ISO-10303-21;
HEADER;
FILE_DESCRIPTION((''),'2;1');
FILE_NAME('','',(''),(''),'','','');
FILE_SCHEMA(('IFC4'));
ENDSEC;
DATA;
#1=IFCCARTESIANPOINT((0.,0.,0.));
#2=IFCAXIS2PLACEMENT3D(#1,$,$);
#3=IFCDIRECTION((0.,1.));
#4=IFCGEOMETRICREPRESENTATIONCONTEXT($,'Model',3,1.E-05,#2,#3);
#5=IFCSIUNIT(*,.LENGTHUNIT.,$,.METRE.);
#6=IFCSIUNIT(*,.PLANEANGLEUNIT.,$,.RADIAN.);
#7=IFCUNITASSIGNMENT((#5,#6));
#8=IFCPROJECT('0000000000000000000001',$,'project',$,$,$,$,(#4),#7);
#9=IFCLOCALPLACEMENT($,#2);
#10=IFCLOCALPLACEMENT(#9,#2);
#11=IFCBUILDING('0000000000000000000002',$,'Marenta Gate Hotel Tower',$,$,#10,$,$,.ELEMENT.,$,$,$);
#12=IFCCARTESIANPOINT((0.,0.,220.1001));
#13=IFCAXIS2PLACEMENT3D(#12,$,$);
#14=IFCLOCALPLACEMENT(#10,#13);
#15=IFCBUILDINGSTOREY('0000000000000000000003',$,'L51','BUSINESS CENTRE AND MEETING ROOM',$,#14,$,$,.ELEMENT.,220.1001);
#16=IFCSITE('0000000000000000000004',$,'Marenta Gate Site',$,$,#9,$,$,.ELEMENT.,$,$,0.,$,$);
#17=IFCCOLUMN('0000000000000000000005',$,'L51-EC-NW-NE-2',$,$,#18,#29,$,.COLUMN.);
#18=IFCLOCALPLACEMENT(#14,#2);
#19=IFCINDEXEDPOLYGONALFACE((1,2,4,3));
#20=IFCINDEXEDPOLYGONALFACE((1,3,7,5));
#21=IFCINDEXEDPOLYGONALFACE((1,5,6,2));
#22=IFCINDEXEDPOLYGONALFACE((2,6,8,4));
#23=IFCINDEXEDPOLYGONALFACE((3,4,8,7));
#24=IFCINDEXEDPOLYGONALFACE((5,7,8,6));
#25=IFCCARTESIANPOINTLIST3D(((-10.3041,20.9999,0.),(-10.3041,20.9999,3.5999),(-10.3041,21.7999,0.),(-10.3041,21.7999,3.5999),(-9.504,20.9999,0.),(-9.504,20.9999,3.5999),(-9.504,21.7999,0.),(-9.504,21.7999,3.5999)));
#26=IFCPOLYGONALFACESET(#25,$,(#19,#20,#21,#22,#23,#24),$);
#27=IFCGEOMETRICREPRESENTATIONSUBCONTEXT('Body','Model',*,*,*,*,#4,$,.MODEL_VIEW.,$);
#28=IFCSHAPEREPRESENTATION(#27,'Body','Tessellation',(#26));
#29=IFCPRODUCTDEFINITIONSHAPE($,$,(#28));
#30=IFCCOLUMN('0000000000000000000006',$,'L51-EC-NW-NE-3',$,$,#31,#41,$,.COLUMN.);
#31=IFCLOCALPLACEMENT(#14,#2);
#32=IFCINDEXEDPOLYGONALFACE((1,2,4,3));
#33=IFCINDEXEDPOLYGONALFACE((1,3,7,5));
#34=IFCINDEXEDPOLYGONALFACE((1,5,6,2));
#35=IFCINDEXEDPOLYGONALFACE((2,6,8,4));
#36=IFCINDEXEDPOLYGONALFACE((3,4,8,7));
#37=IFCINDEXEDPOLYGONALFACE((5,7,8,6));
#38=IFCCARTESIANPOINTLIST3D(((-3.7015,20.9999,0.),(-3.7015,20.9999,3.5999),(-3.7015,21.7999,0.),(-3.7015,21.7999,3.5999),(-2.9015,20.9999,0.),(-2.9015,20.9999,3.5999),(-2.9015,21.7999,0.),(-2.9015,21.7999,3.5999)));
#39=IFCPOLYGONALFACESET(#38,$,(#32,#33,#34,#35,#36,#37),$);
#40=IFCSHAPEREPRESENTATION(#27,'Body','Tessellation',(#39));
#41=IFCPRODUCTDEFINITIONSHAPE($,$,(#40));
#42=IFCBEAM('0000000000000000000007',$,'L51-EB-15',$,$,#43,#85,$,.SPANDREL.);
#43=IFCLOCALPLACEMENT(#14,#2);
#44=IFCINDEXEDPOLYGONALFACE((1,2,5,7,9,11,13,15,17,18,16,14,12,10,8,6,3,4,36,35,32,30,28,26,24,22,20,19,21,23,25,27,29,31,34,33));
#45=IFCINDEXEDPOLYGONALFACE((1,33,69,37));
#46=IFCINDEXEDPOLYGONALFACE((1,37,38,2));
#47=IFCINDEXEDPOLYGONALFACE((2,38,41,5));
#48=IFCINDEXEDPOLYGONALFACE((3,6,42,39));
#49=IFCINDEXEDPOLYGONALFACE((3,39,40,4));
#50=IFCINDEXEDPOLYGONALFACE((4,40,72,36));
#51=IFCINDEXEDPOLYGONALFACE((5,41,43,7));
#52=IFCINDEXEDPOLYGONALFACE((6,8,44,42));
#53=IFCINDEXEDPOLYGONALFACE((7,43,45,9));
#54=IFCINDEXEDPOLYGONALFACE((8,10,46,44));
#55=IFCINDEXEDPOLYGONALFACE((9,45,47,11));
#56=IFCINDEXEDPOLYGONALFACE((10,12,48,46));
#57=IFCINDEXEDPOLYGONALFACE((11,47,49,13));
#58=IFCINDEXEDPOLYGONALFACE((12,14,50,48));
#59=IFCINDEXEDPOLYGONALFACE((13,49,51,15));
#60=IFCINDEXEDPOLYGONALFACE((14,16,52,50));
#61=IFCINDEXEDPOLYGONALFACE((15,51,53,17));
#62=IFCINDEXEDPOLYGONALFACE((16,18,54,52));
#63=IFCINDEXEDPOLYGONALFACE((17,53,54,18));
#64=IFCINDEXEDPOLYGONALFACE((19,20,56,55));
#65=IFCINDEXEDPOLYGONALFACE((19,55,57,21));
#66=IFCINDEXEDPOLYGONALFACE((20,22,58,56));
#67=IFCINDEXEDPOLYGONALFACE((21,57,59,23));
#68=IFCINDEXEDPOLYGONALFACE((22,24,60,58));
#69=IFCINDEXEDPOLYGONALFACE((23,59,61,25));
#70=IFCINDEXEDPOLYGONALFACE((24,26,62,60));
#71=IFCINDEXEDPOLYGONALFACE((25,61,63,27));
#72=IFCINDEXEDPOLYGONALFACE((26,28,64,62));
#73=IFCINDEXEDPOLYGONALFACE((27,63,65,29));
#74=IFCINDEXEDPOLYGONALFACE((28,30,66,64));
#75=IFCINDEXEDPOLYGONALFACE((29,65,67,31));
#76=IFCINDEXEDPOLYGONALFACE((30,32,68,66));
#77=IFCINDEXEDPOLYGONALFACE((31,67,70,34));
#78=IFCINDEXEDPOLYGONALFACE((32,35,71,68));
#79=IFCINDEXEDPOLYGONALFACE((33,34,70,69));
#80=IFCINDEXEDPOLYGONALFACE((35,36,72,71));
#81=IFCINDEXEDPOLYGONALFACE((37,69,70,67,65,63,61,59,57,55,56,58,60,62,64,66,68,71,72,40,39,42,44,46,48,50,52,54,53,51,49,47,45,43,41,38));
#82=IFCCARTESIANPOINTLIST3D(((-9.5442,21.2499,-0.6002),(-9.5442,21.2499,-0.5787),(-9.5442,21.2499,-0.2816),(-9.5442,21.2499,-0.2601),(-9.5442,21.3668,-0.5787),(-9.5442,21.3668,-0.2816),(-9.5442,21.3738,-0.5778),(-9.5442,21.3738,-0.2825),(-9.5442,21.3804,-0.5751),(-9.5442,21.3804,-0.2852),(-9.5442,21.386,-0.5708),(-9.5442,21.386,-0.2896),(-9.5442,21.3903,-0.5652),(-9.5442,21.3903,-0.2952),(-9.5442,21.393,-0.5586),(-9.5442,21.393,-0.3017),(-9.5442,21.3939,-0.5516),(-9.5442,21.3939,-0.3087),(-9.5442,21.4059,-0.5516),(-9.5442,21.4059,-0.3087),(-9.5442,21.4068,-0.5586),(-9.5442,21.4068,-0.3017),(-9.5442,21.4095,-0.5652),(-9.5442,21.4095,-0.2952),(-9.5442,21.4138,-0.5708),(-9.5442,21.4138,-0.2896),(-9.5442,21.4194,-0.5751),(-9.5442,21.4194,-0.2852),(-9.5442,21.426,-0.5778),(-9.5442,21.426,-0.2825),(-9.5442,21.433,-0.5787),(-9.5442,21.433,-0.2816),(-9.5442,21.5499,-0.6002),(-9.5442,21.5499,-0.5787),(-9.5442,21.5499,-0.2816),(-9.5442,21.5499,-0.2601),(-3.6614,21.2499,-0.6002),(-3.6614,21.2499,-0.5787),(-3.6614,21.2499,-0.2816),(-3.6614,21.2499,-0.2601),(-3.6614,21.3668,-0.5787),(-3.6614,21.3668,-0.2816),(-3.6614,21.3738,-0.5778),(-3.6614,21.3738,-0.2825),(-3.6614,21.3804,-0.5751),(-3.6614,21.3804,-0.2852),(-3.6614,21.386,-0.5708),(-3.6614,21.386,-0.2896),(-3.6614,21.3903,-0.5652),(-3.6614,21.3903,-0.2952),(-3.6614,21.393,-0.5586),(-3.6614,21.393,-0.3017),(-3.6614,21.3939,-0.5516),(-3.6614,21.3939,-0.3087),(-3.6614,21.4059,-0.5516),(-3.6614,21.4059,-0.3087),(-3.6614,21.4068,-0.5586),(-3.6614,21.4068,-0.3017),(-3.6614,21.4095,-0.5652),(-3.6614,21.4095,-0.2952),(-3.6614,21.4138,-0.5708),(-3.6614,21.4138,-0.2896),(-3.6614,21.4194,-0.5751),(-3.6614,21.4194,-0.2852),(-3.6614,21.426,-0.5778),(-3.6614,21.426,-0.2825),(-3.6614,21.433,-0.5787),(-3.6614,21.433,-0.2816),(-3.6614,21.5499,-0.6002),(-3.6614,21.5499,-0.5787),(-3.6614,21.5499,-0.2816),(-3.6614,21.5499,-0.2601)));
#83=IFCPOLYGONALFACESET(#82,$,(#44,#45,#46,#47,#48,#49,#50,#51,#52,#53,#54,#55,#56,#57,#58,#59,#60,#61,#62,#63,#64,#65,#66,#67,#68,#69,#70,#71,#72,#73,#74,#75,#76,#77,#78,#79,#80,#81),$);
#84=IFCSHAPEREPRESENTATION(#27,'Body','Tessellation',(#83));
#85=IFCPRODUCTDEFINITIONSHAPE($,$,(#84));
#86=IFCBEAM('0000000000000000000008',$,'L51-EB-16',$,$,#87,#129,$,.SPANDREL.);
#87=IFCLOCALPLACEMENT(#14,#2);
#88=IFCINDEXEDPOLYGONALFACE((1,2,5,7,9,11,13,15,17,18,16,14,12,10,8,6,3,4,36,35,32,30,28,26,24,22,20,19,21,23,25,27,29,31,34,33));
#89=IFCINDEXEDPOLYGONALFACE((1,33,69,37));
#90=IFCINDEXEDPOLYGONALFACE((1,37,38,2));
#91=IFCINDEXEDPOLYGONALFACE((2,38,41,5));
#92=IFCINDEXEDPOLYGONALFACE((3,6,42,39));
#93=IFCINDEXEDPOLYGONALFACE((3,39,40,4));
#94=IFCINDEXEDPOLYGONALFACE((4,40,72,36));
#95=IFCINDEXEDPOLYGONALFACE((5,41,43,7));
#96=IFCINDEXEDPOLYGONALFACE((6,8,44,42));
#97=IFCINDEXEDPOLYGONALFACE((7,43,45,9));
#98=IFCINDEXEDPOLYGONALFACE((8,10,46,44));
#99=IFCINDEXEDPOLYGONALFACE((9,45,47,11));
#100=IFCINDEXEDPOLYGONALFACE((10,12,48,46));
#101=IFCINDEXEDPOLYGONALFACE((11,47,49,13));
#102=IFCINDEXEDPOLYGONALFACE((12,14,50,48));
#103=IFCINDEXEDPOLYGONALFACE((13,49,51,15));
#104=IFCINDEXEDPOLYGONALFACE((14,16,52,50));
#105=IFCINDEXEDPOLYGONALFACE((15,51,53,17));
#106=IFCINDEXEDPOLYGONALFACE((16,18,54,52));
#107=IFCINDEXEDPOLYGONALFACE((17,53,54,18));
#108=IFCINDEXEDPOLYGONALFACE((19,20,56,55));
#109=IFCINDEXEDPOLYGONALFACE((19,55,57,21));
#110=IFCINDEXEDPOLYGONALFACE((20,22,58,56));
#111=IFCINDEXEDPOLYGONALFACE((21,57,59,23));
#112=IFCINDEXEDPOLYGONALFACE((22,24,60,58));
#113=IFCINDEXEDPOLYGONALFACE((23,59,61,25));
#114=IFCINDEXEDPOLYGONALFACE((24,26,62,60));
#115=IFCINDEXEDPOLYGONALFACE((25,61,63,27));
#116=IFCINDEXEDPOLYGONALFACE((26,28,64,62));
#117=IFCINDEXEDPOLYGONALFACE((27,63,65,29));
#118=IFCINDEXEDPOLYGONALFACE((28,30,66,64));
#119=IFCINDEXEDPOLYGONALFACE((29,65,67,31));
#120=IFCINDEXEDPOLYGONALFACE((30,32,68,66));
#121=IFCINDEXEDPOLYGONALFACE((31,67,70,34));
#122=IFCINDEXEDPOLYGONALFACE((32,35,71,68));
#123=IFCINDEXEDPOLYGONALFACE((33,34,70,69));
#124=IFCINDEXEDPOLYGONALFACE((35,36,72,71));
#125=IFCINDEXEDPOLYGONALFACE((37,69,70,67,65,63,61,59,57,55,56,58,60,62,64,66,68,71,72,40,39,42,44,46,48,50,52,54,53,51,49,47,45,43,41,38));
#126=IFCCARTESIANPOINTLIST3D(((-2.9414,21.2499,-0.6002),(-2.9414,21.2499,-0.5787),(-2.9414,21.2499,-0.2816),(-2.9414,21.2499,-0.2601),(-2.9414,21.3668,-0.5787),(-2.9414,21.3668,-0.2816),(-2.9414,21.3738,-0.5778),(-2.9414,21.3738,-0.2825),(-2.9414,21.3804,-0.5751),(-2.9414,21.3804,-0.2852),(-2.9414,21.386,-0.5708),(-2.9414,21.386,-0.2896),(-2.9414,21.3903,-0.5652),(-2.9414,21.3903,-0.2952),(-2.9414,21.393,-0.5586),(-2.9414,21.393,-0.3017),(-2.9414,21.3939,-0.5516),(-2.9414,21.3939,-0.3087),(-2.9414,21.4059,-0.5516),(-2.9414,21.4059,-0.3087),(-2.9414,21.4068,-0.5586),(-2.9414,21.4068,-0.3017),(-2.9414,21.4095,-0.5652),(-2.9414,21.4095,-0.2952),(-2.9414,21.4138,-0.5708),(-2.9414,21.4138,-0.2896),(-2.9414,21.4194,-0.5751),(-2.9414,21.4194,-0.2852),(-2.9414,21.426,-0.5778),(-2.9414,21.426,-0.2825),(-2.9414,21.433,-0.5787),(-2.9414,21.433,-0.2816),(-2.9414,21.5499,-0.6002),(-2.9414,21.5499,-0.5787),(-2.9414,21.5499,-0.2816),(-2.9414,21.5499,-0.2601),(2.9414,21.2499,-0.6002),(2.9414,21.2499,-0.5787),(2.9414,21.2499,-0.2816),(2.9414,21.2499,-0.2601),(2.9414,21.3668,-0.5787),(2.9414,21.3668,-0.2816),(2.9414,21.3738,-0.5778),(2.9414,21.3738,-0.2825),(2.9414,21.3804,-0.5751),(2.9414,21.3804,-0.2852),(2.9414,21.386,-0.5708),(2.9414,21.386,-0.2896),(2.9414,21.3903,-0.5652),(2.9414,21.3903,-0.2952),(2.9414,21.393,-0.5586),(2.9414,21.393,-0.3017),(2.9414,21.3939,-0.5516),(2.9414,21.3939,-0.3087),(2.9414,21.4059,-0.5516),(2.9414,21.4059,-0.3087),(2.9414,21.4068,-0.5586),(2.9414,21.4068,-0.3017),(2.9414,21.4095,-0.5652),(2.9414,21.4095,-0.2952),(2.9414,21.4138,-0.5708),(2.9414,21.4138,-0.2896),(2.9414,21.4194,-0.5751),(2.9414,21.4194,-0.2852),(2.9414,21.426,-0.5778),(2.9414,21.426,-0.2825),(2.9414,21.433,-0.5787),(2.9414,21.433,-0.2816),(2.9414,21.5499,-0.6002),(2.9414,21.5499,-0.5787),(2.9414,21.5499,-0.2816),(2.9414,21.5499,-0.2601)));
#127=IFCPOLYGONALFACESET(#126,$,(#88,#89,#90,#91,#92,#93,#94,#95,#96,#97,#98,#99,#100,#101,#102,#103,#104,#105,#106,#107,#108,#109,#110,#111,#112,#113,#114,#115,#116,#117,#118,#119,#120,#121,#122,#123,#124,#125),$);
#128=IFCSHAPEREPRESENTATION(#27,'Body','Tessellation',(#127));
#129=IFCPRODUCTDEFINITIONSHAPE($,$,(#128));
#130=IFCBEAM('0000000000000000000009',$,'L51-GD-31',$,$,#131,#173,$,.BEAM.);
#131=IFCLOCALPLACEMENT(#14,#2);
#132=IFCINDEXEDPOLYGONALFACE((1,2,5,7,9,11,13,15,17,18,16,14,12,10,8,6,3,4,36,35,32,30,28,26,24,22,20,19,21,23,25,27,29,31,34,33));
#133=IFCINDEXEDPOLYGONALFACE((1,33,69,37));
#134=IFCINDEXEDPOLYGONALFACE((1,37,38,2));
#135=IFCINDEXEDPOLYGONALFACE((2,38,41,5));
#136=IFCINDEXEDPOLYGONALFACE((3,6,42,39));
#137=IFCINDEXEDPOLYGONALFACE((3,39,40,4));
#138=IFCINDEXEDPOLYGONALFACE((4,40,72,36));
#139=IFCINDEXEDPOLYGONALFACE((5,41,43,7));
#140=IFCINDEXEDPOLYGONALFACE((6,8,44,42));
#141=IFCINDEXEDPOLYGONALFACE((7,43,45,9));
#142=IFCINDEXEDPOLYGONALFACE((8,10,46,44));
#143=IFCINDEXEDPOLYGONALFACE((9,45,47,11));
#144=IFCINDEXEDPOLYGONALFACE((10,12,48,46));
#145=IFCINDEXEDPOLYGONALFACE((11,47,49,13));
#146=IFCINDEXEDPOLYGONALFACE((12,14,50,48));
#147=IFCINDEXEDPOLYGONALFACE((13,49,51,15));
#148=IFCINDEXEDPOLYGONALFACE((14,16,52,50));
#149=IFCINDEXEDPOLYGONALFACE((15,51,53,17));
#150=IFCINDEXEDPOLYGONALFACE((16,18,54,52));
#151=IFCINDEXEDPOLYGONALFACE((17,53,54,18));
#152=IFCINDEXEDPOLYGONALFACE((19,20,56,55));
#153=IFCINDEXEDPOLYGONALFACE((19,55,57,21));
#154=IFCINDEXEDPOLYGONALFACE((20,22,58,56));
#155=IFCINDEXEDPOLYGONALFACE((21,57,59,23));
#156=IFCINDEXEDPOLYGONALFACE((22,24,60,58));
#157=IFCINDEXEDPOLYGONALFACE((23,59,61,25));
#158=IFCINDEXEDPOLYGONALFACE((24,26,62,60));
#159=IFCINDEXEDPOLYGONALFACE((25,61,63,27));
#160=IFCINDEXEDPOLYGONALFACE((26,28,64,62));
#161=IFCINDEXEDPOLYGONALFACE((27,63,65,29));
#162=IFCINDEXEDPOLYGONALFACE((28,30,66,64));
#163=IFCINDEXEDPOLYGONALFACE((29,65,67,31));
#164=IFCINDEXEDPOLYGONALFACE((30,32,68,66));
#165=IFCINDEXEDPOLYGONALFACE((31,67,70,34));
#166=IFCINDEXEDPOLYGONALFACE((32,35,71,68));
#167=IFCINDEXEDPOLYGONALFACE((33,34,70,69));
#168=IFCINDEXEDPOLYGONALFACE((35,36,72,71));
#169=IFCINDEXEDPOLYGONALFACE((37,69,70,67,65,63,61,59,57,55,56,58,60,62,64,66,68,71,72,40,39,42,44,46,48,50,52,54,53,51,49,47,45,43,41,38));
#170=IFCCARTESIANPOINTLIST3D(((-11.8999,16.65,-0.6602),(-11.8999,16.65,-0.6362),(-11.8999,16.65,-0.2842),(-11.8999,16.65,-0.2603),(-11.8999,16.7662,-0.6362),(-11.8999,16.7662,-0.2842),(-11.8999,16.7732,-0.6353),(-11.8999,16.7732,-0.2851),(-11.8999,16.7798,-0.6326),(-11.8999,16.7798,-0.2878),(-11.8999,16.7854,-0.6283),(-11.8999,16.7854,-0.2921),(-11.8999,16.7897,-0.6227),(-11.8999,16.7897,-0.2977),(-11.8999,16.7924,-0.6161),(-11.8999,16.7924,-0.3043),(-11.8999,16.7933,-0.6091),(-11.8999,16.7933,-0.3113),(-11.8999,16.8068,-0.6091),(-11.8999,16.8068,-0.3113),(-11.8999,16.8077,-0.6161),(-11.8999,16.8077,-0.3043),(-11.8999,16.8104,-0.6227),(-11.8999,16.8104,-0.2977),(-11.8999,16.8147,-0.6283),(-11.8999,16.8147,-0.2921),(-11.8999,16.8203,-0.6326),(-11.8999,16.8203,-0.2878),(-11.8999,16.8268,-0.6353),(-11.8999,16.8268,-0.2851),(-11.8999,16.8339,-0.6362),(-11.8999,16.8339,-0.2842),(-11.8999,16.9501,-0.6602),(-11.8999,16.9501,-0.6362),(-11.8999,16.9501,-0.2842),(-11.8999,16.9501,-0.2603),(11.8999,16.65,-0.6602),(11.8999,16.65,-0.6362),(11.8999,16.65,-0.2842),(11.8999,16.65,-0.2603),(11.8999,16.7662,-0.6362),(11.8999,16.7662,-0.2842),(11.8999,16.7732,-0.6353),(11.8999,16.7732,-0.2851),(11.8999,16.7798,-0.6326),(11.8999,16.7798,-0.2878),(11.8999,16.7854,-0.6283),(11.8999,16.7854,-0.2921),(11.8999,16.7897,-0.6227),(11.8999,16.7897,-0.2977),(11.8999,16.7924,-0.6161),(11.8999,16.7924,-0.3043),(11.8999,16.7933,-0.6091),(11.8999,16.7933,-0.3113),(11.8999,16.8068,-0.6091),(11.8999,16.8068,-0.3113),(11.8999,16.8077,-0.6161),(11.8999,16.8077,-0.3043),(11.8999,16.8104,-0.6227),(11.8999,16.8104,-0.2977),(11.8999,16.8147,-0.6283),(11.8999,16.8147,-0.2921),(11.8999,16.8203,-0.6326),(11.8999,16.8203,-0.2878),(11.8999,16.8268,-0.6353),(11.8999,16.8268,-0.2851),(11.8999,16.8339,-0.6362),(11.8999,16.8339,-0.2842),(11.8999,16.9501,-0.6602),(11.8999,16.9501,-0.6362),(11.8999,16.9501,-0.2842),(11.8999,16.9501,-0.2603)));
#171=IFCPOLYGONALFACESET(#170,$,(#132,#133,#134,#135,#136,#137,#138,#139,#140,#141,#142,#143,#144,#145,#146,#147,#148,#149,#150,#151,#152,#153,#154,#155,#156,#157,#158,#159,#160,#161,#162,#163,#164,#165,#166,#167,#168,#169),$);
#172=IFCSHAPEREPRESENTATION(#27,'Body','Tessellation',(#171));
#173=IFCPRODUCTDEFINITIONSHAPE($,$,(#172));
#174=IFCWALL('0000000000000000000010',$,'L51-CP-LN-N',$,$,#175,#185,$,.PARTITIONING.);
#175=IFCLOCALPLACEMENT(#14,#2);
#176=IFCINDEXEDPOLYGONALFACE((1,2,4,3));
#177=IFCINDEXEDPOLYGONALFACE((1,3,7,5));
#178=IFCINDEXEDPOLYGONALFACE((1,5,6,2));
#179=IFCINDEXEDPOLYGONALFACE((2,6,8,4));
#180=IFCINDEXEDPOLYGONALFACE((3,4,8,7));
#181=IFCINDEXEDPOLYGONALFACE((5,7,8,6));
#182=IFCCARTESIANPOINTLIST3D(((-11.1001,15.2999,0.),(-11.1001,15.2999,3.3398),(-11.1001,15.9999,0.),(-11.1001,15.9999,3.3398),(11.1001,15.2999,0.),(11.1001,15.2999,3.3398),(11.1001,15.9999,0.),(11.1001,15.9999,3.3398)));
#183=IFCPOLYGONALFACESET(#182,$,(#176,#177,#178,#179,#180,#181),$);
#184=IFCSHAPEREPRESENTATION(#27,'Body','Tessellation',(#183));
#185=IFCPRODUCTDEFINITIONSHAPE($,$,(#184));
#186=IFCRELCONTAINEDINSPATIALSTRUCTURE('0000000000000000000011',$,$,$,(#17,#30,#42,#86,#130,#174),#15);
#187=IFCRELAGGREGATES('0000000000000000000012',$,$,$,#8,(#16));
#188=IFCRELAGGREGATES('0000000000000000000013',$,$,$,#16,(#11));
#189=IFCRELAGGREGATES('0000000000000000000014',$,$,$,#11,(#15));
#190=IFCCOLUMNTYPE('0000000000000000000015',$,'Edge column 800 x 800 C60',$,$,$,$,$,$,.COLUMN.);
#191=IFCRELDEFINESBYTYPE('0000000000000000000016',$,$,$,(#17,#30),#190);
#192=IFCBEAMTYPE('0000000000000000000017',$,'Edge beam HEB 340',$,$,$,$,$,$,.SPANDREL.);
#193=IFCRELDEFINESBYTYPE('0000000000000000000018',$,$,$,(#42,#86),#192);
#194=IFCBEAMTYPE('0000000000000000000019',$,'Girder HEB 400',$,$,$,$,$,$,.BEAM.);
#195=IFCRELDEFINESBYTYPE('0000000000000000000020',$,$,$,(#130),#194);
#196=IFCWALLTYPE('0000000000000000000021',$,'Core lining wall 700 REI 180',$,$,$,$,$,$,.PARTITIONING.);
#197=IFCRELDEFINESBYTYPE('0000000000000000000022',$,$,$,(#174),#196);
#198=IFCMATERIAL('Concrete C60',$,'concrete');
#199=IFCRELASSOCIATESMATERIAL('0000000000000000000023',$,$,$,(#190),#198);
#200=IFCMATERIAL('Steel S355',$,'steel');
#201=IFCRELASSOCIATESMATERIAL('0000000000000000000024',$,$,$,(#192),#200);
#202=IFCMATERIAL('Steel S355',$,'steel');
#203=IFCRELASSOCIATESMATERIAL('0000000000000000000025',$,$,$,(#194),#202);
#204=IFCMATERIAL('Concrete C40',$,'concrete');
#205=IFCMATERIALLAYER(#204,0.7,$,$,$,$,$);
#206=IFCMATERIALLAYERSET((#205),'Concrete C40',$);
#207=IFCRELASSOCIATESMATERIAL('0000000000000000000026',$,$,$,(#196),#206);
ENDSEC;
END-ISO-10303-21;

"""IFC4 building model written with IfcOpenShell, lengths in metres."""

from ifc_helpers import new_model, si_unit, direction, frame, frame_2d, origin, origin_2d, place, context, subcontext, project, spatial, rectangle, i_section, extrude, material, layer, layer_set, material_profile, profile_set, type_object, element, save


model = new_model("IFC4")

# Units and contexts
model_context = context("Model", 3, precision=1e-05, world=origin(), true_north=direction((0.0, 1.0)))
body_context = subcontext(model_context, "Body", "Model", "MODEL_VIEW")
ifc_project = project(units=[si_unit("LENGTHUNIT", "METRE"), si_unit("PLANEANGLEUNIT", "RADIAN")], contexts=[model_context])

# Site, building, storey
site_placement = place(None, origin())
site = spatial("IfcSite", under=ifc_project, at=site_placement, Name="Marenta Gate Site", CompositionType="ELEMENT", RefElevation=0.0)
building_placement = place(site_placement, origin())
building = spatial("IfcBuilding", under=site, at=building_placement, Name="Marenta Gate Hotel Tower", CompositionType="ELEMENT")
storey_placement = place(building_placement, frame((0.0, 0.0, 220.1001)))
storey = spatial("IfcBuildingStorey", under=building, at=storey_placement, Name="L51", Description="BUSINESS CENTRE AND MEETING ROOM", CompositionType="ELEMENT", Elevation=220.1001)

# Columns
ifc_material_1 = material(Name="Concrete C60", Category="concrete")
ifc_material_profile_1 = material_profile(ifc_material_1, rectangle(XDim=0.8, YDim=0.8, at=origin_2d()), Name="800 x 800")
ifc_profile_set_1 = profile_set([ifc_material_profile_1], Name="Concrete C60")
column_type = type_object("IfcColumnType", Name="Edge column 800 x 800 C60", PredefinedType="COLUMN", material=ifc_profile_set_1)
for number, where, z_axis, x_axis, name in (
    (1, (-9.9041, 21.3999, 0.0), (0.0, 0.0, 1.0), (1.0, 0.0, 0.0), "L51-EC-NW-NE-2"),
    (2, (-3.3015, 21.3999, 0.0), (0.0, 0.0, 1.0), (1.0, 0.0, 0.0), "L51-EC-NW-NE-3"),
):
    element("IfcColumn", number, at=place(storey_placement, frame(where, z_axis=z_axis, x_axis=x_axis)), inside=storey, type_object=column_type, Name=name, PredefinedType="COLUMN", context=body_context, shape_type="SweptSolid", body=[
        extrude(rectangle(XDim=0.8, YDim=0.8, at=origin_2d()), origin(), (0.0, 0.0, 1.0), 3.5999),
    ])

# Beams
ifc_material_2 = material(Name="Steel S355", Category="steel")
ifc_material_profile_2 = material_profile(ifc_material_2, i_section(OverallWidth=0.3, OverallDepth=0.3401, WebThickness=0.012, FlangeThickness=0.0215, FilletRadius=0.0271, at=origin_2d()), Name="HEB 340")
ifc_profile_set_2 = profile_set([ifc_material_profile_2], Name="Steel S355")
beam_type_1 = type_object("IfcBeamType", Name="Edge beam HEB 340", PredefinedType="SPANDREL", material=ifc_profile_set_2)
for number, where, z_axis, x_axis, name in (
    (3, (-9.5442, 21.3999, -0.4302), (1.0, 0.0, 0.0), (0.0, 1.0, 0.0), "L51-EB-15"),
    (4, (-2.9414, 21.3999, -0.4302), (1.0, 0.0, 0.0), (0.0, 1.0, 0.0), "L51-EB-16"),
):
    element("IfcBeam", number, at=place(storey_placement, frame(where, z_axis=z_axis, x_axis=x_axis)), inside=storey, type_object=beam_type_1, Name=name, PredefinedType="SPANDREL", context=body_context, shape_type="SweptSolid", body=[
        extrude(i_section(OverallWidth=0.3, OverallDepth=0.3401, WebThickness=0.012, FlangeThickness=0.0215, FilletRadius=0.0271, at=origin_2d()), origin(), (0.0, 0.0, 1.0), 5.8828),
    ])
ifc_material_3 = material(Name="Steel S355", Category="steel")
ifc_material_profile_3 = material_profile(ifc_material_3, i_section(OverallWidth=0.3, OverallDepth=0.3999, WebThickness=0.0134, FlangeThickness=0.0239, FilletRadius=0.0271, at=origin_2d()), Name="HEB 400")
ifc_profile_set_3 = profile_set([ifc_material_profile_3], Name="Steel S355")
beam_type_2 = type_object("IfcBeamType", Name="Girder HEB 400", PredefinedType="BEAM", material=ifc_profile_set_3)
beam_placement = place(storey_placement, frame((-11.8999, 16.8, -0.4602), z_axis=(1.0, 0.0, 0.0), x_axis=(0.0, 1.0, 0.0)))
element("IfcBeam", 5, at=beam_placement, inside=storey, type_object=beam_type_2, Name="L51-GD-31", PredefinedType="BEAM", context=body_context, shape_type="SweptSolid", body=[
    extrude(i_section(OverallWidth=0.3, OverallDepth=0.3999, WebThickness=0.0134, FlangeThickness=0.0239, FilletRadius=0.0271, at=origin_2d()), origin(), (0.0, 0.0, 1.0), 23.7998),
])

# Wall
ifc_material_4 = material(Name="Concrete C40", Category="concrete")
ifc_layer_1 = layer(ifc_material_4, 0.7)
ifc_layer_set_1 = layer_set([ifc_layer_1], Name="Concrete C40")
wall_type_1 = type_object("IfcWallType", Name="Core lining wall 700 REI 180", PredefinedType="PARTITIONING", material=ifc_layer_set_1)
wall_1_placement = place(storey_placement, frame((-11.1001, 15.6499, 0.0), z_axis=(0.0, 0.0, 1.0), x_axis=(1.0, 0.0, 0.0)))
element("IfcWall", 6, at=wall_1_placement, inside=storey, type_object=wall_type_1, Name="L51-CP-LN-N", PredefinedType="PARTITIONING", context=body_context, shape_type="SweptSolid", body=[
    extrude(rectangle(XDim=22.2002, YDim=0.7, at=frame_2d((11.1001, 0.0))), origin(), (0.0, 0.0, 1.0), 3.3398),
])

save(model, "model.ifc")
